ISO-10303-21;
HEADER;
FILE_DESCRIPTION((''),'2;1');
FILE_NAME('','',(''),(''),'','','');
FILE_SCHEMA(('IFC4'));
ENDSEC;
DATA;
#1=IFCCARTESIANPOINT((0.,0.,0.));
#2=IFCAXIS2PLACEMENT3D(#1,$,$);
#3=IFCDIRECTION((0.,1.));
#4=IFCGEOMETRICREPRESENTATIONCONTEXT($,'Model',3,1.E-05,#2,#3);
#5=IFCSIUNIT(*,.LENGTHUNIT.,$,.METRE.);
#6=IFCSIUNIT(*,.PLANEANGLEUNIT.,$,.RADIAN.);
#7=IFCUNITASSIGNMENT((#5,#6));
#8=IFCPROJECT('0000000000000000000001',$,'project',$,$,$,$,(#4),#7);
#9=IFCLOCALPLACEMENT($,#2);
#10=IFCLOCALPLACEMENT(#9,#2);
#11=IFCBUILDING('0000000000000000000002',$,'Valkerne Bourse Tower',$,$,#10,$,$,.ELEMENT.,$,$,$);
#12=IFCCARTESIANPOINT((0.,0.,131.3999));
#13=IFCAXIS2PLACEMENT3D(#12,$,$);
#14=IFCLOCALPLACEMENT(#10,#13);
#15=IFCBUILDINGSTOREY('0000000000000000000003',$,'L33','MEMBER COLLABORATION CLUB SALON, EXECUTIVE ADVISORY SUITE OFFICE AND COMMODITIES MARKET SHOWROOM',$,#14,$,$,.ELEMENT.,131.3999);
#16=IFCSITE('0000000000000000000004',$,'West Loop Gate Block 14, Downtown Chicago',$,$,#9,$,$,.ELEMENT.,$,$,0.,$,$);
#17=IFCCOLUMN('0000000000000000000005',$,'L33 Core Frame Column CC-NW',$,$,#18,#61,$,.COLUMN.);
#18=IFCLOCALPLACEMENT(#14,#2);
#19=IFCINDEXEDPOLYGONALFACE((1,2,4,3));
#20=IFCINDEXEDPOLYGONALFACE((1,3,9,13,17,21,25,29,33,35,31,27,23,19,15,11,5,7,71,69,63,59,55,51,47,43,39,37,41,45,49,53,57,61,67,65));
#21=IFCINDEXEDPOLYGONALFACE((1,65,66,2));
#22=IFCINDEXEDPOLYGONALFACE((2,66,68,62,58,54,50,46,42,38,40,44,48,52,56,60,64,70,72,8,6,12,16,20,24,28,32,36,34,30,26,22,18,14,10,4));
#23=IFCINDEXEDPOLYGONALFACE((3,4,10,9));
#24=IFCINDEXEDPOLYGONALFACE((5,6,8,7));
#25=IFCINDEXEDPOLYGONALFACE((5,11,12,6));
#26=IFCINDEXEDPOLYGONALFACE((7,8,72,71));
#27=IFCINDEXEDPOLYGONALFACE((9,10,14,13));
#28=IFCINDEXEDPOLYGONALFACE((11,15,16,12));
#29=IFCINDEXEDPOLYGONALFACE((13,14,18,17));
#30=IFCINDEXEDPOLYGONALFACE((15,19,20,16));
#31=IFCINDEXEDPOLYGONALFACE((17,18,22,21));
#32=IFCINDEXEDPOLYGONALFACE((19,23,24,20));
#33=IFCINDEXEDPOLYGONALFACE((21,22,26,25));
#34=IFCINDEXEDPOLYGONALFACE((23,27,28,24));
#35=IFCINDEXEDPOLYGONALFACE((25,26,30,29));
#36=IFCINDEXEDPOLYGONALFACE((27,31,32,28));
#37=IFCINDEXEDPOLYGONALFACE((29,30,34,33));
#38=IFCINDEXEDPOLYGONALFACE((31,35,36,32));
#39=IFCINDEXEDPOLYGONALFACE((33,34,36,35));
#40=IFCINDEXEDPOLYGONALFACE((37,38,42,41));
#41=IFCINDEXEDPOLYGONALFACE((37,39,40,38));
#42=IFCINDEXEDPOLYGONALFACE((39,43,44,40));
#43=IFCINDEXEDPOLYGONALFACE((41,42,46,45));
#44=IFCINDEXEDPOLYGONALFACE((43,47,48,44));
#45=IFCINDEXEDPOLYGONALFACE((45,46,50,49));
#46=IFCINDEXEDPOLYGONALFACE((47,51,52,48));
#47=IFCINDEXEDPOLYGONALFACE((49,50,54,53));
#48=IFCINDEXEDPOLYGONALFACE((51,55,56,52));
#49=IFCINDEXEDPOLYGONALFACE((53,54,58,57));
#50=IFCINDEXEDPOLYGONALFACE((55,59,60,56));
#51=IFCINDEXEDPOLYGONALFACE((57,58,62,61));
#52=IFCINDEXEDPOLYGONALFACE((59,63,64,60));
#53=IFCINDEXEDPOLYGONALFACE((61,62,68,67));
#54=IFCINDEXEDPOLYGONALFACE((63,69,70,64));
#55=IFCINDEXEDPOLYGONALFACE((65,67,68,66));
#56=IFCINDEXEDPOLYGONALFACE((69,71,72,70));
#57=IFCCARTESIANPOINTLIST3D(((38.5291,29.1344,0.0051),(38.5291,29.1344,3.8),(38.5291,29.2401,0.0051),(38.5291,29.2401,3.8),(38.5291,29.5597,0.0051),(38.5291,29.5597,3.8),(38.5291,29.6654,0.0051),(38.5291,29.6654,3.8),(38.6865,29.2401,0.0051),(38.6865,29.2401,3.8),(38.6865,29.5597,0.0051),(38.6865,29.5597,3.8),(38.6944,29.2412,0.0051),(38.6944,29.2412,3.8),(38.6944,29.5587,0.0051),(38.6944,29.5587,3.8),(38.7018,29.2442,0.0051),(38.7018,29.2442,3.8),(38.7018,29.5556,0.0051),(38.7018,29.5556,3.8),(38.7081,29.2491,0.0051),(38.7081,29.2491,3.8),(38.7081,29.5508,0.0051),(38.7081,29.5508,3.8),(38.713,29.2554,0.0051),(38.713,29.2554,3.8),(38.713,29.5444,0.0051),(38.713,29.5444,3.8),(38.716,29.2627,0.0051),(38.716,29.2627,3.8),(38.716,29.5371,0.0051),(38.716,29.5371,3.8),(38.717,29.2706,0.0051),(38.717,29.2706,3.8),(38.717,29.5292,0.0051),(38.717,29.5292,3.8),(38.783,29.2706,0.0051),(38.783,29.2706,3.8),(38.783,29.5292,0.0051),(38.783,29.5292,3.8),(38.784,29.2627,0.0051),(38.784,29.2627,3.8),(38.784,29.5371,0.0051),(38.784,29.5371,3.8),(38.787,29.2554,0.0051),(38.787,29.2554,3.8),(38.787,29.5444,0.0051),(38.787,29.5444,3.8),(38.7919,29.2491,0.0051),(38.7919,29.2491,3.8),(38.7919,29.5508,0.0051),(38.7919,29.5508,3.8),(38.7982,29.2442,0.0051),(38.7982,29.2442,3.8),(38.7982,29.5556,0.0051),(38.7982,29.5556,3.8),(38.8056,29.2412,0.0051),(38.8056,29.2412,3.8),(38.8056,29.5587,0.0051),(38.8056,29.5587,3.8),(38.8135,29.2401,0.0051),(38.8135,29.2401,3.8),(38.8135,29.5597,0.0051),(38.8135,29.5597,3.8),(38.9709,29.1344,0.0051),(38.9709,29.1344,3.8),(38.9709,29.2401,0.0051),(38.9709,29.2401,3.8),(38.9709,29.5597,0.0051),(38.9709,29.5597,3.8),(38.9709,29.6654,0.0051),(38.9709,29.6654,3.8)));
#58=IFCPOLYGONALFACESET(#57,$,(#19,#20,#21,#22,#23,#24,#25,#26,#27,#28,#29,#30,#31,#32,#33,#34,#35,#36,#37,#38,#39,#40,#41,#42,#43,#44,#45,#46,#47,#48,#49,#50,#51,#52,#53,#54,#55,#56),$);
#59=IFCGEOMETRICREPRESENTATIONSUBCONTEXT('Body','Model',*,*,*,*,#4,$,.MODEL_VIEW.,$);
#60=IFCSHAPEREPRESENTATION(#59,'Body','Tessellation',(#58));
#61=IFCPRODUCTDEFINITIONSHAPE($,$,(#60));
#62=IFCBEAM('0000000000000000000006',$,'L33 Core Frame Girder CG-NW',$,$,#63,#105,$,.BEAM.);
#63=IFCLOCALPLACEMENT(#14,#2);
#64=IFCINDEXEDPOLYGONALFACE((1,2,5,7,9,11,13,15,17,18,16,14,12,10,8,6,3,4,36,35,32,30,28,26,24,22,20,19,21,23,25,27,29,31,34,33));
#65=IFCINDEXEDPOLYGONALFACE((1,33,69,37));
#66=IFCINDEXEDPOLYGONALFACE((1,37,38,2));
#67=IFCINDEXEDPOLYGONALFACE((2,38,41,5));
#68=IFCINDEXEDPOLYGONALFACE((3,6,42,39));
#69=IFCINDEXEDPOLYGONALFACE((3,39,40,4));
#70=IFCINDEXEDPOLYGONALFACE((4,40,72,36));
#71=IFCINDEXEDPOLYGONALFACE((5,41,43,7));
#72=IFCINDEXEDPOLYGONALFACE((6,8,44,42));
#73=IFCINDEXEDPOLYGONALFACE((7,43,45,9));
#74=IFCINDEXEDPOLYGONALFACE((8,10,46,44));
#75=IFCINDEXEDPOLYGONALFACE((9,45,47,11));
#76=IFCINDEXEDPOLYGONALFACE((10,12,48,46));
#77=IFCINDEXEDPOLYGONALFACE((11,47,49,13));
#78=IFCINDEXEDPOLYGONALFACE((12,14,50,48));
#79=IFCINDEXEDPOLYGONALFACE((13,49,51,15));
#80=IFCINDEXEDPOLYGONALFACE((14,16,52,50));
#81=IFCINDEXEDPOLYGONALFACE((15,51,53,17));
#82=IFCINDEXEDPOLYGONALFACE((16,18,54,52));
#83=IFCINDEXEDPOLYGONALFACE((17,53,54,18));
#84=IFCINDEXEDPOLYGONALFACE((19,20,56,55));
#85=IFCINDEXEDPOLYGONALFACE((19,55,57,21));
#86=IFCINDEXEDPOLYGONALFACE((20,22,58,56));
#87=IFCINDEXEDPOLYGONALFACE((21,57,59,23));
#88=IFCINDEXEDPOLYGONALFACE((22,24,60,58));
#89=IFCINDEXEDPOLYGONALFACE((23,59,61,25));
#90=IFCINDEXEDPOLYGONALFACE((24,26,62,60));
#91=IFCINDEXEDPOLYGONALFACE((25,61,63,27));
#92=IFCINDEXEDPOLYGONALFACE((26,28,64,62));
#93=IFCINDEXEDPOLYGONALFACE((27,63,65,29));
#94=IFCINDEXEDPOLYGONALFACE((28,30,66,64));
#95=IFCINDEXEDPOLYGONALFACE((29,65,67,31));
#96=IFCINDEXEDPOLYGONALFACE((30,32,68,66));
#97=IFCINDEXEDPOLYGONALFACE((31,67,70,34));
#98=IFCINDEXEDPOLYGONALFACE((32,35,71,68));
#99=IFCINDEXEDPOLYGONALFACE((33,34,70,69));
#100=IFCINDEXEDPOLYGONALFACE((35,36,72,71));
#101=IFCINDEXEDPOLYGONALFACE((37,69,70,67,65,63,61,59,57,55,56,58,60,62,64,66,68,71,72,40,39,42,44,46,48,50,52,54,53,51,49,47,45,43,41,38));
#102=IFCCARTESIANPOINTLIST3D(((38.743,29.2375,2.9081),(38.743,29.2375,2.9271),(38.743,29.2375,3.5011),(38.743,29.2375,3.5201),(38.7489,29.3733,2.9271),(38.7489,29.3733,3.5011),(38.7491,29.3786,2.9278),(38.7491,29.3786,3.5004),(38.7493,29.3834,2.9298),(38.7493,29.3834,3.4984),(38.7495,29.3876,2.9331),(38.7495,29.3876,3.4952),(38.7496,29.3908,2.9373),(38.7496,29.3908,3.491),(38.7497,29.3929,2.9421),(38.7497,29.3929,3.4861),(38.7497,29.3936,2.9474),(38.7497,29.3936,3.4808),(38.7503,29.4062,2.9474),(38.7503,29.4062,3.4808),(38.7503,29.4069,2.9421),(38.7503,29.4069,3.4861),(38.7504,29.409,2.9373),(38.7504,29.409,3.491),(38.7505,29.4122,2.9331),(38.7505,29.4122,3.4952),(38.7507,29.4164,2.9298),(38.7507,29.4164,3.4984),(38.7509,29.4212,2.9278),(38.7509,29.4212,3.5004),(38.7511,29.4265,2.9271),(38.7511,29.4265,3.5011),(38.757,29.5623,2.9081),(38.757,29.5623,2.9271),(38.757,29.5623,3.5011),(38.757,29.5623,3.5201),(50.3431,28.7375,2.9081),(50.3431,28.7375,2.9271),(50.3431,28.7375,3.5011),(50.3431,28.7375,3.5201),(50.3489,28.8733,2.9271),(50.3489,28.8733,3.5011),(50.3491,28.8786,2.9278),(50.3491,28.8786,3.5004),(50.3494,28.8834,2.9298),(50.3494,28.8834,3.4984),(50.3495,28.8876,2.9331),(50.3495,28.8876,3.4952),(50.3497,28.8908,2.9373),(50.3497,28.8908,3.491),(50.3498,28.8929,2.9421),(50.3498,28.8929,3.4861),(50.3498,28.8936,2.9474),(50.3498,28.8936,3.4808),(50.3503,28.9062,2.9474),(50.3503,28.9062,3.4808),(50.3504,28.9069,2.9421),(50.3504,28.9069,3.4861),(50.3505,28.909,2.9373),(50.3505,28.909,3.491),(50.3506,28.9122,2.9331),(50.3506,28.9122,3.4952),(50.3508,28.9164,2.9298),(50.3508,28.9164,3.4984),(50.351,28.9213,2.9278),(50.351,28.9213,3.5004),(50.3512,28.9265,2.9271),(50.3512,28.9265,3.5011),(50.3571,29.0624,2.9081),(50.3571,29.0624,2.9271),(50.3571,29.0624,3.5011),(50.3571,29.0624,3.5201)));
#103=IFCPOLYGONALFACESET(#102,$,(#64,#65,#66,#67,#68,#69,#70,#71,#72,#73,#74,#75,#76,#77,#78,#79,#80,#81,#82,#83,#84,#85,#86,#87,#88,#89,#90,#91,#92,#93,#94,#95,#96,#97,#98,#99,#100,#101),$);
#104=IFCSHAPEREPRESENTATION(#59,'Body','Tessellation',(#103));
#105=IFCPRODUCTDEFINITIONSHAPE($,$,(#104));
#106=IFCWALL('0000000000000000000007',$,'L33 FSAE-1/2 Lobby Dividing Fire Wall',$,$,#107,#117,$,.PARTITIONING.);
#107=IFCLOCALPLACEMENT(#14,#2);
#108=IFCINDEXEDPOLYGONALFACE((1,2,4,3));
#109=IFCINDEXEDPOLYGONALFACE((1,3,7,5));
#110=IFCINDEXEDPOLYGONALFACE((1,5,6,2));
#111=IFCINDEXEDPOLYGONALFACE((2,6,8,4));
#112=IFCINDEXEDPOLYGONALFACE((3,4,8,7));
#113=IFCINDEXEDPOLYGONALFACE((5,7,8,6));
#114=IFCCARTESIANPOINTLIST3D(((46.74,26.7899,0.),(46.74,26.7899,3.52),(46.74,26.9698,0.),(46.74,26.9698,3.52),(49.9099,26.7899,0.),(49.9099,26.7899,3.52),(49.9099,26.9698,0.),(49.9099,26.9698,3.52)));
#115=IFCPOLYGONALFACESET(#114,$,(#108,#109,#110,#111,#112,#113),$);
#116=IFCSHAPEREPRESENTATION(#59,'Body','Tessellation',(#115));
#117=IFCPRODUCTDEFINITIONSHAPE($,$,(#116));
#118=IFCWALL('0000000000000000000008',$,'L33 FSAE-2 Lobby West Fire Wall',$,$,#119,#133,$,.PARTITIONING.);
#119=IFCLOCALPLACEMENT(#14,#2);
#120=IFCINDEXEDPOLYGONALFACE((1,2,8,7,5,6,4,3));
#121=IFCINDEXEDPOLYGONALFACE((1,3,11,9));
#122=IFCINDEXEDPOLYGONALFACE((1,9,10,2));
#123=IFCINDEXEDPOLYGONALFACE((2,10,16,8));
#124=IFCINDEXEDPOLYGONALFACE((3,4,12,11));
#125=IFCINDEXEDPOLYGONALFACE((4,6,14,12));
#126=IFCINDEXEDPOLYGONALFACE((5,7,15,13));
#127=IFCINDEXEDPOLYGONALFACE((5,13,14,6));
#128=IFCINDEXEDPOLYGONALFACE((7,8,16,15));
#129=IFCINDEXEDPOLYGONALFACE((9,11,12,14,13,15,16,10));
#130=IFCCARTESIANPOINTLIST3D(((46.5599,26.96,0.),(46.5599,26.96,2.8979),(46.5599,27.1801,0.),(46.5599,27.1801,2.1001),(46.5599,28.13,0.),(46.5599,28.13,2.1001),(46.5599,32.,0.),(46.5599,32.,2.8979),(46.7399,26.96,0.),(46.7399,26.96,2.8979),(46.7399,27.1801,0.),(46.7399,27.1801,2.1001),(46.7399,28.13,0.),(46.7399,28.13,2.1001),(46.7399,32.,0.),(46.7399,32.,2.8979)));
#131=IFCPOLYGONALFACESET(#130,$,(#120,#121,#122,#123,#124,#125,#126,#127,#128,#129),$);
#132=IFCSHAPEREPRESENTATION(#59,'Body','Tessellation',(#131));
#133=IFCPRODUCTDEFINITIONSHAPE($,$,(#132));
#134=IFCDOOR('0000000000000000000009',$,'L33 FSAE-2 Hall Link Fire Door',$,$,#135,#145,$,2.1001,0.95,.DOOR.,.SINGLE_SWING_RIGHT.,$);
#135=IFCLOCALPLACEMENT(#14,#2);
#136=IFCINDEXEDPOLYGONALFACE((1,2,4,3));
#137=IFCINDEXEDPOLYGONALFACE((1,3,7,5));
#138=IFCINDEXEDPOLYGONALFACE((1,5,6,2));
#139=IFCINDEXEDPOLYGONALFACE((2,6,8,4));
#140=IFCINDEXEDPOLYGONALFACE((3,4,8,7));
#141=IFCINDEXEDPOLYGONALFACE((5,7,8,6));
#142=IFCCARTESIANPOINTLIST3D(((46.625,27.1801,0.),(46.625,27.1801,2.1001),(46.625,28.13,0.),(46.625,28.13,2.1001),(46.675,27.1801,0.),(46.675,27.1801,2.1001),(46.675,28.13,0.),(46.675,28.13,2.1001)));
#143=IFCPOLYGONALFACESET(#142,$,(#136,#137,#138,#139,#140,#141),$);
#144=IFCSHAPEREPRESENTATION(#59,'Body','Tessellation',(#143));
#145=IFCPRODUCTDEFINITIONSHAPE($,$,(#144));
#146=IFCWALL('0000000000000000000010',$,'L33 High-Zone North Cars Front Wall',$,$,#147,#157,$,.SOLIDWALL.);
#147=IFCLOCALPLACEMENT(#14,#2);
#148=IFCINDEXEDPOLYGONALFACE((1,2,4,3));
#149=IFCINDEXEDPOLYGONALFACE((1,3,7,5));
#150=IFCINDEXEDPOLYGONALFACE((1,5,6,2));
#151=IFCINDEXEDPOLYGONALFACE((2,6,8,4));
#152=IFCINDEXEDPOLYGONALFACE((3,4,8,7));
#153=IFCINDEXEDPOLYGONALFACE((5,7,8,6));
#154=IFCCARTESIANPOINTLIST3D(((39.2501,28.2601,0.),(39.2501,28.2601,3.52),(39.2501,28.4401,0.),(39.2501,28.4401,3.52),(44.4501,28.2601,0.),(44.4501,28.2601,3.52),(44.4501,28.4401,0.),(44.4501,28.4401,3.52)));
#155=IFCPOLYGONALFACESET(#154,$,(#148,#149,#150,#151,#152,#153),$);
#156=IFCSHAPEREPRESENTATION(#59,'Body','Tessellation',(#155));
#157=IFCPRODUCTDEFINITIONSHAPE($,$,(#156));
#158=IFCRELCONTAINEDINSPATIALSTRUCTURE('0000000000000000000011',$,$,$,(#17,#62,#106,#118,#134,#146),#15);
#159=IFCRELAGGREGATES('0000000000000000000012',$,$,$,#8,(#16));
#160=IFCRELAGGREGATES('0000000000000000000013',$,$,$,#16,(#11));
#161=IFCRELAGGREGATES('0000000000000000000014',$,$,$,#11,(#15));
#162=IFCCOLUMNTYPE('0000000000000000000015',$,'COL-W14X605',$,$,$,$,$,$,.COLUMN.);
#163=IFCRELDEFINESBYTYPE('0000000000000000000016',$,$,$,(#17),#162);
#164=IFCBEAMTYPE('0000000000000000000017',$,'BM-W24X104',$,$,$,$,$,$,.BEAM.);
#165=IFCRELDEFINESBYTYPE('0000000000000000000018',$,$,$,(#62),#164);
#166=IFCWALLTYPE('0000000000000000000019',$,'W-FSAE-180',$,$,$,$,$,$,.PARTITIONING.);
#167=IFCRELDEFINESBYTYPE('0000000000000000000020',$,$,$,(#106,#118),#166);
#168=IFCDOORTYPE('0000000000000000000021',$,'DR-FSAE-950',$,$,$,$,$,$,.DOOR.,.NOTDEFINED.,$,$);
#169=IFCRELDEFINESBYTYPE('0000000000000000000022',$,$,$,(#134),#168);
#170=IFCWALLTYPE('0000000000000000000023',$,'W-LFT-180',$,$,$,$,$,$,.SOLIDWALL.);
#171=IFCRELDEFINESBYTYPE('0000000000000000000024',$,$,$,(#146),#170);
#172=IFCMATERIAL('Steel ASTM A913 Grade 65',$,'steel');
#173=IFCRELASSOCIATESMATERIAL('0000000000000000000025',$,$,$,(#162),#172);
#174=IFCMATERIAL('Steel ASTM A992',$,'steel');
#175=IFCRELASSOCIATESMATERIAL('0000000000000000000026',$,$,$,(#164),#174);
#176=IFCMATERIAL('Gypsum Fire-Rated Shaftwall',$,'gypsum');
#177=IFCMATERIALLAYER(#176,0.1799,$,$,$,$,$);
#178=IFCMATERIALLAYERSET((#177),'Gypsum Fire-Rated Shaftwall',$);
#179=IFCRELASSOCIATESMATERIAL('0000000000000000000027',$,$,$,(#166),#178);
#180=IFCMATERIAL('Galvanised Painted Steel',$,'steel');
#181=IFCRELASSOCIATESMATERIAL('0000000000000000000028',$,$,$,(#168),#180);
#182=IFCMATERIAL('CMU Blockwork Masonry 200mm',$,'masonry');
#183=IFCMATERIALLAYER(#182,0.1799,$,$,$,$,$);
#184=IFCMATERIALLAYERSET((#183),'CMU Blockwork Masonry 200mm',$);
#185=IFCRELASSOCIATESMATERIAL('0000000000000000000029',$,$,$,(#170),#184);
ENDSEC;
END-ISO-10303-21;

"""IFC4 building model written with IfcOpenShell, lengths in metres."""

from ifc_helpers import new_model, si_unit, direction, frame, frame_2d, origin, origin_2d, place, context, subcontext, project, spatial, rectangle, i_section, extrude, material, layer, layer_set, material_profile, profile_set, type_object, element, fill, save


model = new_model("IFC4")

# Units and contexts
model_context = context("Model", 3, precision=1e-05, world=origin(), true_north=direction((0.0, 1.0)))
body_context = subcontext(model_context, "Body", "Model", "MODEL_VIEW")
ifc_project = project(units=[si_unit("LENGTHUNIT", "METRE"), si_unit("PLANEANGLEUNIT", "RADIAN")], contexts=[model_context])

# Site, building, storey
site_placement = place(None, origin())
site = spatial("IfcSite", under=ifc_project, at=site_placement, Name="West Loop Gate Block 14, Downtown Chicago", CompositionType="ELEMENT", RefElevation=0.0)
building_placement = place(site_placement, origin())
building = spatial("IfcBuilding", under=site, at=building_placement, Name="Valkerne Bourse Tower", CompositionType="ELEMENT")
storey_placement = place(building_placement, frame((0.0, 0.0, 131.3999)))
storey = spatial("IfcBuildingStorey", under=building, at=storey_placement, Name="L33", Description="MEMBER COLLABORATION CLUB SALON, EXECUTIVE ADVISORY SUITE OFFICE AND COMMODITIES MARKET SHOWROOM", CompositionType="ELEMENT", Elevation=131.3999)

# Column
ifc_material_1 = material(Name="Steel ASTM A913 Grade 65", Category="steel")
ifc_material_profile_1 = material_profile(ifc_material_1, i_section(OverallWidth=0.4419, OverallDepth=0.531, WebThickness=0.0659, FlangeThickness=0.1057, FilletRadius=0.0305, at=origin_2d()), Name="W14X605")
ifc_profile_set_1 = profile_set([ifc_material_profile_1], Name="Steel ASTM A913 Grade 65")
column_type = type_object("IfcColumnType", Name="COL-W14X605", PredefinedType="COLUMN", material=ifc_profile_set_1)
column_placement = place(storey_placement, frame((38.75, 29.3999, 0.0051), z_axis=(0.0, 0.0, 1.0), x_axis=(1.0, 0.0, 0.0)))
element("IfcColumn", 1, at=column_placement, inside=storey, type_object=column_type, Name="L33 Core Frame Column CC-NW", PredefinedType="COLUMN", context=body_context, shape_type="SweptSolid", body=[
    extrude(i_section(OverallWidth=0.4419, OverallDepth=0.531, WebThickness=0.0659, FlangeThickness=0.1057, FilletRadius=0.0305, at=origin_2d()), origin(), (0.0, 0.0, 1.0), 3.7949),
])

# Beam
ifc_material_2 = material(Name="Steel ASTM A992", Category="steel")
ifc_material_profile_2 = material_profile(ifc_material_2, i_section(OverallWidth=0.3252, OverallDepth=0.6121, WebThickness=0.0127, FlangeThickness=0.019, FilletRadius=0.0203, at=origin_2d()), Name="W24X104")
ifc_profile_set_2 = profile_set([ifc_material_profile_2], Name="Steel ASTM A992")
beam_type = type_object("IfcBeamType", Name="BM-W24X104", PredefinedType="BEAM", material=ifc_profile_set_2)
beam_placement = place(storey_placement, frame((38.75, 29.3999, 3.2141), z_axis=(0.999072, -0.043063, 0.0), x_axis=(0.043063, 0.999072, 0.0)))
element("IfcBeam", 2, at=beam_placement, inside=storey, type_object=beam_type, Name="L33 Core Frame Girder CG-NW", PredefinedType="BEAM", context=body_context, shape_type="SweptSolid", body=[
    extrude(i_section(OverallWidth=0.3252, OverallDepth=0.6121, WebThickness=0.0127, FlangeThickness=0.019, FilletRadius=0.0203, at=origin_2d()), origin(), (0.0, 0.0, 1.0), 11.6108),
])

# Wall
ifc_material_3 = material(Name="Gypsum Fire-Rated Shaftwall", Category="gypsum")
ifc_layer_1 = layer(ifc_material_3, 0.1799)
ifc_layer_set_1 = layer_set([ifc_layer_1], Name="Gypsum Fire-Rated Shaftwall")
wall_type_1 = type_object("IfcWallType", Name="W-FSAE-180", PredefinedType="PARTITIONING", material=ifc_layer_set_1)
wall_1_placement = place(storey_placement, frame((46.74, 26.8799, 0.0), z_axis=(0.0, 0.0, 1.0), x_axis=(1.0, 0.0, 0.0)))
element("IfcWall", 3, at=wall_1_placement, inside=storey, type_object=wall_type_1, Name="L33 FSAE-1/2 Lobby Dividing Fire Wall", PredefinedType="PARTITIONING", context=body_context, shape_type="SweptSolid", body=[
    extrude(rectangle(XDim=3.1699, YDim=0.1799, at=frame_2d((1.585, 0.0))), origin(), (0.0, 0.0, 1.0), 3.52),
])

# Wall, opening, door
wall_2_placement = place(storey_placement, frame((46.6499, 26.96, 0.0), z_axis=(0.0, 0.0, 1.0), x_axis=(0.0, 1.0, 0.0)))
wall_2 = element("IfcWall", 4, at=wall_2_placement, inside=storey, type_object=wall_type_1, Name="L33 FSAE-2 Lobby West Fire Wall", PredefinedType="PARTITIONING", context=body_context, shape_type="SweptSolid", body=[
    extrude(rectangle(XDim=5.04, YDim=0.1799, at=frame_2d((2.52, 0.0))), origin(), (0.0, 0.0, 1.0), 2.8979),
])
opening_1_placement = place(wall_2_placement, frame((0.22, 0.0, 0.0)))
opening_1 = element("IfcOpeningElement", 5, at=opening_1_placement, cuts=wall_2, PredefinedType="OPENING", context=body_context, shape_type="SweptSolid", body=[
    extrude(rectangle(XDim=0.95, YDim=2.1001, at=frame_2d((0.4751, 1.05))), frame((0.0, 0.0999, 0.0), z_axis=(0.0, -1.0, 0.0), x_axis=(1.0, 0.0, 0.0)), (0.0, 0.0, 1.0), 0.2),
])
ifc_material_4 = material(Name="Galvanised Painted Steel", Category="steel")
door_type_1 = type_object("IfcDoorType", Name="DR-FSAE-950", OperationType="NOTDEFINED", PredefinedType="DOOR", material=ifc_material_4)
door_1_placement = place(opening_1_placement, origin())
door_1 = element("IfcDoor", 6, at=door_1_placement, inside=storey, type_object=door_type_1, Name="L33 FSAE-2 Hall Link Fire Door", OperationType="SINGLE_SWING_RIGHT", OverallHeight=2.1001, OverallWidth=0.95, PredefinedType="DOOR", context=body_context, shape_type="SweptSolid", body=[
    extrude(rectangle(XDim=0.95, YDim=2.1001, at=frame_2d((0.4751, 1.05))), frame((0.0, 0.0249, 0.0), z_axis=(0.0, -1.0, 0.0), x_axis=(1.0, 0.0, 0.0)), (0.0, 0.0, 1.0), 0.05),
])
fill(opening_1, door_1)

# Shared definitions
ifc_material_5 = material(Name="CMU Blockwork Masonry 200mm", Category="masonry")
ifc_layer_2 = layer(ifc_material_5, 0.1799)
ifc_layer_set_2 = layer_set([ifc_layer_2], Name="CMU Blockwork Masonry 200mm")
wall_type_2 = type_object("IfcWallType", Name="W-LFT-180", PredefinedType="SOLIDWALL", material=ifc_layer_set_2)

# Wall
wall_3_placement = place(storey_placement, frame((39.25, 28.3501, 0.0), z_axis=(0.0, 0.0, 1.0), x_axis=(1.0, 0.0, 0.0)))
element("IfcWall", 7, at=wall_3_placement, inside=storey, type_object=wall_type_2, Name="L33 High-Zone North Cars Front Wall", PredefinedType="SOLIDWALL", context=body_context, shape_type="SweptSolid", body=[
    extrude(rectangle(XDim=5.2, YDim=0.1799, at=frame_2d((2.6001, 0.0))), origin(), (0.0, 0.0, 1.0), 3.52),
])

save(model, "model.ifc")
